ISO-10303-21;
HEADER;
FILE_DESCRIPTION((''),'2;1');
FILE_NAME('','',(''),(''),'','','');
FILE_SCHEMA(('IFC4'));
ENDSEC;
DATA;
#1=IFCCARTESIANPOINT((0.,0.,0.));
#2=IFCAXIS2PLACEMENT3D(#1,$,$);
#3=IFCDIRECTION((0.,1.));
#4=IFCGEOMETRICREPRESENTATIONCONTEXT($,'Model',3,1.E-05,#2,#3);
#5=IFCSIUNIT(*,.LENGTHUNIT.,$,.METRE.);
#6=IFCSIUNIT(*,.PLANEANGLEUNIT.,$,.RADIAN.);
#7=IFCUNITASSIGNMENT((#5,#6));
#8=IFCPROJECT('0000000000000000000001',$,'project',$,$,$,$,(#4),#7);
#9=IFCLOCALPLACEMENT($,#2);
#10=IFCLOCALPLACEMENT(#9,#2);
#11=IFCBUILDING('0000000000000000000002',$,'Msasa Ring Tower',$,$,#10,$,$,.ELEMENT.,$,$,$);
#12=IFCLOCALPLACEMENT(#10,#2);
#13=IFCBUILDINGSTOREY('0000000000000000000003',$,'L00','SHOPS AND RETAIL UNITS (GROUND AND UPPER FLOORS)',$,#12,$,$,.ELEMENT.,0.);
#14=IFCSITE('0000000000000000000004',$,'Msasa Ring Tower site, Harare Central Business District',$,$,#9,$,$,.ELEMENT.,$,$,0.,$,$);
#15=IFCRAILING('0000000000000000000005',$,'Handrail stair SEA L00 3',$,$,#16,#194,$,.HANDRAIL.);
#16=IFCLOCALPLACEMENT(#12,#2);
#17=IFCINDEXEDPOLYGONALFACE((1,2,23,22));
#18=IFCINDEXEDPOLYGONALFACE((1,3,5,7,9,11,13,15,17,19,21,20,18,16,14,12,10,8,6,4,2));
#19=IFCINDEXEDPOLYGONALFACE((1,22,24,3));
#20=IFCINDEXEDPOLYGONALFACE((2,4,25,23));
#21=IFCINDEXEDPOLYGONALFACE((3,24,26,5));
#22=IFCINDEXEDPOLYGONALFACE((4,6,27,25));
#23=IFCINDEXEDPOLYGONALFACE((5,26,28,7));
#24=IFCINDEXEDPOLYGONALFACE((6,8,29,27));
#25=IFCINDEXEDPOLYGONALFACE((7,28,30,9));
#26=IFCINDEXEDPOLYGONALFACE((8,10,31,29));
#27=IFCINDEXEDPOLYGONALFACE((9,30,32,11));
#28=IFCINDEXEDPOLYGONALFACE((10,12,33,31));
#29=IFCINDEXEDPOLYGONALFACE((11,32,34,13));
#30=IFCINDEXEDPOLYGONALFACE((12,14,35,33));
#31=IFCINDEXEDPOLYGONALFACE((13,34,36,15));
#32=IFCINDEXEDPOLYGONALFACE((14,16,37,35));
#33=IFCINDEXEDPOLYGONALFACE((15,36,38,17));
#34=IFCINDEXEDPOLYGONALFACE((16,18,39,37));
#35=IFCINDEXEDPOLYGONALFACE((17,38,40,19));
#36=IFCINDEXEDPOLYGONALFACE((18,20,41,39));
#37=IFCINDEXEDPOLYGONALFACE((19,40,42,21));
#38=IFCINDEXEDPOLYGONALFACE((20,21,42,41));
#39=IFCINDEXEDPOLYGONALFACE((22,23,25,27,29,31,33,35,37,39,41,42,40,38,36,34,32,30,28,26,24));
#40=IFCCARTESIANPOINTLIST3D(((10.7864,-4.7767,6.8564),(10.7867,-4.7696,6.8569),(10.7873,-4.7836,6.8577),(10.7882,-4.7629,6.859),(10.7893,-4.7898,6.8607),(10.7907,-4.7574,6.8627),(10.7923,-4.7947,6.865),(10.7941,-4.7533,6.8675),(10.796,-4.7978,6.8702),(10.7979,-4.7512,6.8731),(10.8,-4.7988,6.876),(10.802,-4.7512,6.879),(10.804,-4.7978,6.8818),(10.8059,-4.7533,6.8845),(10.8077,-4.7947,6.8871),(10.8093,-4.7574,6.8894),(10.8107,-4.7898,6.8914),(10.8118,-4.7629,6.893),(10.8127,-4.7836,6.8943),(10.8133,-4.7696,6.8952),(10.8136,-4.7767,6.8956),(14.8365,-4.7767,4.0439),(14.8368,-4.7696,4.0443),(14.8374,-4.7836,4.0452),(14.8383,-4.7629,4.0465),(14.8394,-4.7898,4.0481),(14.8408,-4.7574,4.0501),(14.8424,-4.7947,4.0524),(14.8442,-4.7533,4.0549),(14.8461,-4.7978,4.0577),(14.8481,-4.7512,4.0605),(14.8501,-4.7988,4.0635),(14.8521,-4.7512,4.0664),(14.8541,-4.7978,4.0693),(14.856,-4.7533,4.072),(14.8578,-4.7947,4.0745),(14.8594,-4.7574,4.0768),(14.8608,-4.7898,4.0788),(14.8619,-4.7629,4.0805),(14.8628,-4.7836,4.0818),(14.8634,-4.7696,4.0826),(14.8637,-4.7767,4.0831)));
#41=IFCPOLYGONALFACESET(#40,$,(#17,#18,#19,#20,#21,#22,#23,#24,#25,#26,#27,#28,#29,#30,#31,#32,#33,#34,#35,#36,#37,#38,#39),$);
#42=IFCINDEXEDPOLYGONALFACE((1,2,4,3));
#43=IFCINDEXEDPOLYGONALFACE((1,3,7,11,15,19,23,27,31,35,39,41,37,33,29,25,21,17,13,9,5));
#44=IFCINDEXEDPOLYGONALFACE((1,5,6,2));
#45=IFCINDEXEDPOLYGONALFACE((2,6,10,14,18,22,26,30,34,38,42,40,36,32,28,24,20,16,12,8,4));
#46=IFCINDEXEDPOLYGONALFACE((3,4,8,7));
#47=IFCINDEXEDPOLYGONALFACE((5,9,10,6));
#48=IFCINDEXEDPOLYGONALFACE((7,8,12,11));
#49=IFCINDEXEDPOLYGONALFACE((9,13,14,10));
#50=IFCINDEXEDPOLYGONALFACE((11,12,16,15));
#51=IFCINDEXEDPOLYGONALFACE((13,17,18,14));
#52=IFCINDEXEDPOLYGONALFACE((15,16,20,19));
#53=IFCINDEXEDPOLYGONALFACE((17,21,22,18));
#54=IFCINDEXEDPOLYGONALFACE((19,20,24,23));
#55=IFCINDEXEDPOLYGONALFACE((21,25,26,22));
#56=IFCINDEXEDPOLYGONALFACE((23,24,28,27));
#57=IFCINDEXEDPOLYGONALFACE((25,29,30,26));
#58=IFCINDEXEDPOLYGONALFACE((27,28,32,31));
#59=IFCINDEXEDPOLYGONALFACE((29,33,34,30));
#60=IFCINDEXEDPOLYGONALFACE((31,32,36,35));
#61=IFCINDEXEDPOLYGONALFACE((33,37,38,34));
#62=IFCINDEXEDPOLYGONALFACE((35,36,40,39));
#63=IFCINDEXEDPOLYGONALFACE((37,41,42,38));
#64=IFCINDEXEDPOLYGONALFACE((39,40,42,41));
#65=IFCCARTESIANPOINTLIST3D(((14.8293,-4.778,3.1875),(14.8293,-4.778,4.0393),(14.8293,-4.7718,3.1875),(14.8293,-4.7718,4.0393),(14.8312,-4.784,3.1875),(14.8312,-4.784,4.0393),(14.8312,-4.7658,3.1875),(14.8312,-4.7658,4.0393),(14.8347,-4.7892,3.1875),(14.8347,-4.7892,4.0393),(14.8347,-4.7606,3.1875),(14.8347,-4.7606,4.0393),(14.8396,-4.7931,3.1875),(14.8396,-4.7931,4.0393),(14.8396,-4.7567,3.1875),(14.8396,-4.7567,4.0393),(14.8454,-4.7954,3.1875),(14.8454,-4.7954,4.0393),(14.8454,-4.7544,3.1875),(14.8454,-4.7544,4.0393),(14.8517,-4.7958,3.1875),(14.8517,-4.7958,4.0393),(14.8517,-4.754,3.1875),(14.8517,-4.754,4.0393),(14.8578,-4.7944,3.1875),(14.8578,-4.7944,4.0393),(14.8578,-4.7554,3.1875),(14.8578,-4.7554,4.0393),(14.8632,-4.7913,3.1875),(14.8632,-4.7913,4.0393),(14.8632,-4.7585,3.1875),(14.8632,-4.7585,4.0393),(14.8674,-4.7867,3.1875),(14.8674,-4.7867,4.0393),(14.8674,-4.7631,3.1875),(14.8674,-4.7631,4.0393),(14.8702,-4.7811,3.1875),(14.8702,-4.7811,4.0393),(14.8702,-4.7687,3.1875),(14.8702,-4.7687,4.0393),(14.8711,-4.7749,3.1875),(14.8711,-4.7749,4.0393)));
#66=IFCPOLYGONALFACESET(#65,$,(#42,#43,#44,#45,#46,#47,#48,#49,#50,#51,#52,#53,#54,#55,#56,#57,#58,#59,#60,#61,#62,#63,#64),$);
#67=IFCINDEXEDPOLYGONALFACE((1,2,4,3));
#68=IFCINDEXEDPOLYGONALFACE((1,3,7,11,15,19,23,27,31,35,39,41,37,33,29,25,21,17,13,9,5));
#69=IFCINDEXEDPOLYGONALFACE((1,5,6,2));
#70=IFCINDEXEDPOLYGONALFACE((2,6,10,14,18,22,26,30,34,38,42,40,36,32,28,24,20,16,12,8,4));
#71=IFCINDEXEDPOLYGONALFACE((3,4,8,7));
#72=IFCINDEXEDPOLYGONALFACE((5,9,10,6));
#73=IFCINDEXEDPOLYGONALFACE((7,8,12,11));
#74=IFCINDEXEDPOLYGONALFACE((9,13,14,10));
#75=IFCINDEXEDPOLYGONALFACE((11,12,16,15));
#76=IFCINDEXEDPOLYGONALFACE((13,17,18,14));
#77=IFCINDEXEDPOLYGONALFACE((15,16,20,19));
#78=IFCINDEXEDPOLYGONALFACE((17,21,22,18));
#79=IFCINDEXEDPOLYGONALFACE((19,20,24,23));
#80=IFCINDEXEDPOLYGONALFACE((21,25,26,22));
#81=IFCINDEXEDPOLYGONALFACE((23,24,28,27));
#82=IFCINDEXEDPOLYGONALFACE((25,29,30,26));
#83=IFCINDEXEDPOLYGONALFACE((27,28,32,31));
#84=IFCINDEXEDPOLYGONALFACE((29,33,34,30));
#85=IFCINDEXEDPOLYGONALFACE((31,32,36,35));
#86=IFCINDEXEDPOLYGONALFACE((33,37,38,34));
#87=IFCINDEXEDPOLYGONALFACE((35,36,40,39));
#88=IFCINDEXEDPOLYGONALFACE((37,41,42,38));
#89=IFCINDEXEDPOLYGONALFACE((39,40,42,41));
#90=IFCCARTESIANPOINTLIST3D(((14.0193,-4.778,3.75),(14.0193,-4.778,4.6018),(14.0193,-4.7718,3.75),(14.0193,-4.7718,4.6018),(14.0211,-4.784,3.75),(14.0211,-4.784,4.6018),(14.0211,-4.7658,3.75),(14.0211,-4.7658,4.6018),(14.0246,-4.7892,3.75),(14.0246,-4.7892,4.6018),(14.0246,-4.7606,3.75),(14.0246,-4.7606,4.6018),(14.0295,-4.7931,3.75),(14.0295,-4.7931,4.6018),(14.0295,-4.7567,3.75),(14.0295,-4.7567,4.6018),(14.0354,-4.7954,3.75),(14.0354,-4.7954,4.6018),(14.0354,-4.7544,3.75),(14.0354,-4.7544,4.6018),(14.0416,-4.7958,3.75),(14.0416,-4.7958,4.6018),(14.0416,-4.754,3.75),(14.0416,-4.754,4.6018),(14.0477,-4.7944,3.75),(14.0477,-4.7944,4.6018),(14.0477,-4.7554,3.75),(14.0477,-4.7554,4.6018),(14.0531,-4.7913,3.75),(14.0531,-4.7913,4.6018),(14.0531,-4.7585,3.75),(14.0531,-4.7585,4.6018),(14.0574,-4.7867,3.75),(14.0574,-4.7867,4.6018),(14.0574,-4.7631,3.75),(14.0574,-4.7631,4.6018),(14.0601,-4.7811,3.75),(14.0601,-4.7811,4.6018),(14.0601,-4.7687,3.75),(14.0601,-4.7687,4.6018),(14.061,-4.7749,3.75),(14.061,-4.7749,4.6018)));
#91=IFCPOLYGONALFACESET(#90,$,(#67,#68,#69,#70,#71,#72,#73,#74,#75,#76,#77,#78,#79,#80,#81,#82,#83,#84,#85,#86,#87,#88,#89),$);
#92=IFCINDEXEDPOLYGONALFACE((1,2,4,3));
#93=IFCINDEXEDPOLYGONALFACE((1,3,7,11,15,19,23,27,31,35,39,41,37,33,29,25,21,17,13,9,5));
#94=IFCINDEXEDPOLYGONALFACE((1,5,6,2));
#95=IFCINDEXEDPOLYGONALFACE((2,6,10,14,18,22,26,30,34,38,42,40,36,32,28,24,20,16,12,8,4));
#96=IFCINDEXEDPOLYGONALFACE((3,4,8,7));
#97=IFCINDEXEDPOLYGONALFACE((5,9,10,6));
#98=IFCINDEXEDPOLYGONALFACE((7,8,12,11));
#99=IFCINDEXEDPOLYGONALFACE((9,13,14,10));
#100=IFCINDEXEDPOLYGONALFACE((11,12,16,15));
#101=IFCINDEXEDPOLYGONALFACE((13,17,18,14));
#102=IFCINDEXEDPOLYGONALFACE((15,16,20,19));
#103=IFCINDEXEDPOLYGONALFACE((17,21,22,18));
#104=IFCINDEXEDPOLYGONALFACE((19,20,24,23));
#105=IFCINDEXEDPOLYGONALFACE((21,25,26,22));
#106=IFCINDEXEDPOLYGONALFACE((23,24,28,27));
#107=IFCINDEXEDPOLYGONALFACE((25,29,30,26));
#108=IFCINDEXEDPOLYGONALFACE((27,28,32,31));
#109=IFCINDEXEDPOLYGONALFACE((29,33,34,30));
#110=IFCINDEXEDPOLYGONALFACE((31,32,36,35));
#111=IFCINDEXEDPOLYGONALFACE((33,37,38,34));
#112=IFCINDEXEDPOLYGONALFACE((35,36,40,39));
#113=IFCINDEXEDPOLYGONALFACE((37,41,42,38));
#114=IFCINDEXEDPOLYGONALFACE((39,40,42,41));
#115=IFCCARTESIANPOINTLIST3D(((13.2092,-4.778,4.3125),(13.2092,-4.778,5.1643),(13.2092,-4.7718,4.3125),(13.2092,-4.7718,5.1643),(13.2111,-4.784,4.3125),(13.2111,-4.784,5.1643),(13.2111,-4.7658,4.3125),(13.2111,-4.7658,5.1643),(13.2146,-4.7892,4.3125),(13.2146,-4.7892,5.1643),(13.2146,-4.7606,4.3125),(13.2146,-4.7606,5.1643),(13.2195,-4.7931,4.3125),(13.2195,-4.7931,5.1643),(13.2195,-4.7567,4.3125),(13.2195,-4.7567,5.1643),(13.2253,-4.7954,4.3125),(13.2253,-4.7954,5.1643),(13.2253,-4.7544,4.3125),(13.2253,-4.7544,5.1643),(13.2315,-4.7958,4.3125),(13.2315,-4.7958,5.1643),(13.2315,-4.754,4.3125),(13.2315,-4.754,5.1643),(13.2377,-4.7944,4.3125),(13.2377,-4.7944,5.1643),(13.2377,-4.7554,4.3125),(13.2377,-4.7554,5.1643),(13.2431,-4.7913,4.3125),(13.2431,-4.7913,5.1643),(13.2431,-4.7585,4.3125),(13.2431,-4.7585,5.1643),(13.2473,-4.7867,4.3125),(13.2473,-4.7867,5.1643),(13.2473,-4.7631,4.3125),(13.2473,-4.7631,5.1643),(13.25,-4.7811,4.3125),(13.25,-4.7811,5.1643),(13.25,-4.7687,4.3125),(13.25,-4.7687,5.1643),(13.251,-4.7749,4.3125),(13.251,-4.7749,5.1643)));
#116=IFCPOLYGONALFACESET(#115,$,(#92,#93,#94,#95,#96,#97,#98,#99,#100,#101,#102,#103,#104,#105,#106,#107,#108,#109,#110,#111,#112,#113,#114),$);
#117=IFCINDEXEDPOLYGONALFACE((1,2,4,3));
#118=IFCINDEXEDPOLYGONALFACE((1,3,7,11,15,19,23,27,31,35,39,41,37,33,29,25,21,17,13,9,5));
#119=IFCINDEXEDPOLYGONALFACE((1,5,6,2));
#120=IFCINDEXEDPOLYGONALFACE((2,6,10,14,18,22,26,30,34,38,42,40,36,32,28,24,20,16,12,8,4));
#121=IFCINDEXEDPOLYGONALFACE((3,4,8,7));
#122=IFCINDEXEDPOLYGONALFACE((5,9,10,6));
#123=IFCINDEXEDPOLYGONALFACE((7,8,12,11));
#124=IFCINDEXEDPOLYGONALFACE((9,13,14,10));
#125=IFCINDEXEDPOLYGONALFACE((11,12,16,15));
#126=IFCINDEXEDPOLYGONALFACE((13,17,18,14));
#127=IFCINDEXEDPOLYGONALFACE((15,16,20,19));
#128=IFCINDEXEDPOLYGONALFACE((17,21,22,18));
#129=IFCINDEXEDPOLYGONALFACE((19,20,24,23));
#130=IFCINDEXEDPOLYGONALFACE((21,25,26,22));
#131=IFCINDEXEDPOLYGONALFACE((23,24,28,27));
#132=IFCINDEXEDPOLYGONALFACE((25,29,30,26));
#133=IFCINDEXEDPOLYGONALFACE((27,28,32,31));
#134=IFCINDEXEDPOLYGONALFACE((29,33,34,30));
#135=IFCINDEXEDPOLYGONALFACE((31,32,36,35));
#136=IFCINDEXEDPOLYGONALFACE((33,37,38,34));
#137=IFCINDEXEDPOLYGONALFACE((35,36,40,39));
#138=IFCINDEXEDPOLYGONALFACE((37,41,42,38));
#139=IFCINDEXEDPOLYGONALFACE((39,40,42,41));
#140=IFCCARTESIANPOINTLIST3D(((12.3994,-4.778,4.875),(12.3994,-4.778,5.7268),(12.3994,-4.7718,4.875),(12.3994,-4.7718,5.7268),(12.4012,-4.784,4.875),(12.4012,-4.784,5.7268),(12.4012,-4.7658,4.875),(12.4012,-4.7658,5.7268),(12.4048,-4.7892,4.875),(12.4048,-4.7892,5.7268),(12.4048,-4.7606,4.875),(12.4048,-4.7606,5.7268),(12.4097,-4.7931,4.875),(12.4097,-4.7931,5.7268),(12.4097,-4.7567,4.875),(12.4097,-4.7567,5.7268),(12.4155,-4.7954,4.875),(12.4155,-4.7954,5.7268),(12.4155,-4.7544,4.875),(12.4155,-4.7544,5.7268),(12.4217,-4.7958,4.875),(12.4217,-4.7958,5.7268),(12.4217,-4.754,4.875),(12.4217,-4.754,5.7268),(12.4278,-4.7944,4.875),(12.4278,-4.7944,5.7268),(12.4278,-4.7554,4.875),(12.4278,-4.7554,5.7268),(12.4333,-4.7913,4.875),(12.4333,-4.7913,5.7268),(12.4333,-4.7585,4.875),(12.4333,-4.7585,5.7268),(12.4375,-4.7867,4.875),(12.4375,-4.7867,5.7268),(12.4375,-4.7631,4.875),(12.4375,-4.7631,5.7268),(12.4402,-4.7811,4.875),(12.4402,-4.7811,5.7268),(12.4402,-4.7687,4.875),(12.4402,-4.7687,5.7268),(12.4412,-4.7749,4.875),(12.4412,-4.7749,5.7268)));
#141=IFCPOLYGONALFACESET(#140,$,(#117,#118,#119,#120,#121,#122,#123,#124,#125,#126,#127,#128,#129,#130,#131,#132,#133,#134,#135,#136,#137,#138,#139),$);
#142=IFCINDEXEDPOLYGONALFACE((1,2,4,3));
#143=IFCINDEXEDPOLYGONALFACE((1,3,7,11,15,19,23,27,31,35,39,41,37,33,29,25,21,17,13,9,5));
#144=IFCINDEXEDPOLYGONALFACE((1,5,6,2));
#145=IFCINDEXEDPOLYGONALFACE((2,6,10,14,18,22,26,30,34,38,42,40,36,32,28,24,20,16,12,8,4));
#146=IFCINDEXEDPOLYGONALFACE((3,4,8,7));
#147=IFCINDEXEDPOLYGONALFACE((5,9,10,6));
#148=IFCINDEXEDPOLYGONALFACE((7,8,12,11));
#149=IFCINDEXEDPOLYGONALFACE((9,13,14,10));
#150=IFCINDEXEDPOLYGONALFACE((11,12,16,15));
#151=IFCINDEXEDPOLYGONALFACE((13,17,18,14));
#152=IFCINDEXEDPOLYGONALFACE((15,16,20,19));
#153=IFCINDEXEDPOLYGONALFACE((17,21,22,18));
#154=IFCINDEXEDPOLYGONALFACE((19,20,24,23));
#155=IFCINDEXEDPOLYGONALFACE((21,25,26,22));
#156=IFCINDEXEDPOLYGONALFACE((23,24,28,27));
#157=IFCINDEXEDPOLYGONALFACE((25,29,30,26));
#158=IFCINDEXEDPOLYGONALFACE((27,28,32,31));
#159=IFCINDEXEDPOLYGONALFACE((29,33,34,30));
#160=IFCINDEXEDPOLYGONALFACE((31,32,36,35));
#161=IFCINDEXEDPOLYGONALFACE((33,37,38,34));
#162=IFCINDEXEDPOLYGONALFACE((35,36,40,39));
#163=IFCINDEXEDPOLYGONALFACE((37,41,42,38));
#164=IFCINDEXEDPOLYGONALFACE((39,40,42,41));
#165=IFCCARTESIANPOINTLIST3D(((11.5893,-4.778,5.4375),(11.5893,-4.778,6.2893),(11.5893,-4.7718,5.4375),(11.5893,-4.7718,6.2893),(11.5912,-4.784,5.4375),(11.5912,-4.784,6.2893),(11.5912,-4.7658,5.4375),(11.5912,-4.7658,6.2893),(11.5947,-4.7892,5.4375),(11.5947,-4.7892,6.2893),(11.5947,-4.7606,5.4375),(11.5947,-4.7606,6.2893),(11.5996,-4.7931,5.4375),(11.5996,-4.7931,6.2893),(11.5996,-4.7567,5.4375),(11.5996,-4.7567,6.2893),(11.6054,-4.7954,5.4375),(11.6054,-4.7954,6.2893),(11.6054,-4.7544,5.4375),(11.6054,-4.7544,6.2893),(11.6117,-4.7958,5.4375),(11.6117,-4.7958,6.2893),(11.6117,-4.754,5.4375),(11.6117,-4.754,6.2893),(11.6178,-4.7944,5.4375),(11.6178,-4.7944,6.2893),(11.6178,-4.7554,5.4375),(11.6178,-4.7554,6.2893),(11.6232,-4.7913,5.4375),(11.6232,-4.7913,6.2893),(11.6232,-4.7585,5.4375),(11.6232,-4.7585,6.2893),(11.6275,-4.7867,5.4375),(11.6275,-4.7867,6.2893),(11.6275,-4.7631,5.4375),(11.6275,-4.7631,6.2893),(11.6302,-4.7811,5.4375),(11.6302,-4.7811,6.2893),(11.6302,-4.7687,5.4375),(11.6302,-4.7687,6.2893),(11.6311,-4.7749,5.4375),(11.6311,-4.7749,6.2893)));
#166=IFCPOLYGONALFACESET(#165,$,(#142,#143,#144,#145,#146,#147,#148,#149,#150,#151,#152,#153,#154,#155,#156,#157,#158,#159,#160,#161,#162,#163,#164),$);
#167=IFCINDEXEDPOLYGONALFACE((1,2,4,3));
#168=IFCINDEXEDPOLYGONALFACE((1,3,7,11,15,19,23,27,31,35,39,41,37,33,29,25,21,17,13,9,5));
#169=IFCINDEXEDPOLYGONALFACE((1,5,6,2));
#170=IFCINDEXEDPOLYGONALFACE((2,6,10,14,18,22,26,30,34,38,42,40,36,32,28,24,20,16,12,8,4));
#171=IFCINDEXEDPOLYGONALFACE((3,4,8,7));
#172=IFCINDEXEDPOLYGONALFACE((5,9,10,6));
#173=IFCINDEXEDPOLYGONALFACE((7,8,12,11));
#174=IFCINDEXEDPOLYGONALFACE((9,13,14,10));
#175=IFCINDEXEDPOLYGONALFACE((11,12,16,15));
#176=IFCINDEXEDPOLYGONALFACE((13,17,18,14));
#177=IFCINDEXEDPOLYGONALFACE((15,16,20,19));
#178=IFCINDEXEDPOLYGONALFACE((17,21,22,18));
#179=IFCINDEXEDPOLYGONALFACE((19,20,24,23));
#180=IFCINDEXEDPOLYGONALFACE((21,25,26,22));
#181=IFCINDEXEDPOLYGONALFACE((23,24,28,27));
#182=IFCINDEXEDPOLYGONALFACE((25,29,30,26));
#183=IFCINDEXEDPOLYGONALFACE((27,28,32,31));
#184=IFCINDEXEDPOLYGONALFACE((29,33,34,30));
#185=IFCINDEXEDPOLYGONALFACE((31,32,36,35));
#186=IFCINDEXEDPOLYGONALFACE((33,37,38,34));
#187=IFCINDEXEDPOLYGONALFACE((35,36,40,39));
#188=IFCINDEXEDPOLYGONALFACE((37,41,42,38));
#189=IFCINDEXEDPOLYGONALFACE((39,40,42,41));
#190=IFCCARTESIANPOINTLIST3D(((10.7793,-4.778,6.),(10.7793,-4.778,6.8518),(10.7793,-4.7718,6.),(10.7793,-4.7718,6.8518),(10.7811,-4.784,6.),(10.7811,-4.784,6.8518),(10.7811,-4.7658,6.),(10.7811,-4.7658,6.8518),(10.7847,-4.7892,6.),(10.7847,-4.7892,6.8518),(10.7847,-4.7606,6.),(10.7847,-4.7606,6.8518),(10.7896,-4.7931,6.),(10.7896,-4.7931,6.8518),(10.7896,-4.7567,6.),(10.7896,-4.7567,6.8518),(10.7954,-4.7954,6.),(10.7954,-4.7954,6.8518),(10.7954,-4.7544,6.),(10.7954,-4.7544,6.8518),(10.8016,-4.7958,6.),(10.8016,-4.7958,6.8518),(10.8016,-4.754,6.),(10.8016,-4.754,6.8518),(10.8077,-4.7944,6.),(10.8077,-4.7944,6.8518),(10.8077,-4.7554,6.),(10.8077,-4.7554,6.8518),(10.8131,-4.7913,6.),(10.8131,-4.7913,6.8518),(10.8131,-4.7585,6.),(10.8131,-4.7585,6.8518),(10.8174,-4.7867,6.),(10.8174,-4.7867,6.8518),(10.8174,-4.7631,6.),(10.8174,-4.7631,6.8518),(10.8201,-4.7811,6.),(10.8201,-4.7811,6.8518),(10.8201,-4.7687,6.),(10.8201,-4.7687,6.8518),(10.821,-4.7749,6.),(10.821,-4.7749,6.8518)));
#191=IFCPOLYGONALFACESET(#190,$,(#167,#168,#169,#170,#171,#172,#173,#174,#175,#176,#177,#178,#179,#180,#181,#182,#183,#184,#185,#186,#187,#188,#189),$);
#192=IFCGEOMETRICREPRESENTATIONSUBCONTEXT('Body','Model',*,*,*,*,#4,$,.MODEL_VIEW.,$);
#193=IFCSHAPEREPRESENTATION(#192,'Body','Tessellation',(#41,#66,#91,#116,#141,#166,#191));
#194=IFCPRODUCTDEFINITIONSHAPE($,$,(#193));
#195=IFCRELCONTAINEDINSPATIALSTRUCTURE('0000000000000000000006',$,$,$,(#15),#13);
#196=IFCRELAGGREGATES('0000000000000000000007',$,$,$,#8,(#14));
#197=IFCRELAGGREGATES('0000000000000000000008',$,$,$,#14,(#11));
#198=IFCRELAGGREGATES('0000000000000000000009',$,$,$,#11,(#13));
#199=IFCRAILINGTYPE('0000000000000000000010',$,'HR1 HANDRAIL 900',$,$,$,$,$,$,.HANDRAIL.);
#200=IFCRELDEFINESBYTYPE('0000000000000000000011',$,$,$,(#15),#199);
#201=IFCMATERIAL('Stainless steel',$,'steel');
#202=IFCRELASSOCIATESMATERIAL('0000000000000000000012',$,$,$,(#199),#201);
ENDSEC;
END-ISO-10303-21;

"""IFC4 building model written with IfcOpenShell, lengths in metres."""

from ifc_helpers import new_model, si_unit, direction, frame, origin, origin_2d, place, context, subcontext, project, spatial, circle, extrude, material, type_object, element, save


model = new_model("IFC4")

# Units and contexts
model_context = context("Model", 3, precision=1e-05, world=origin(), true_north=direction((0.0, 1.0)))
body_context = subcontext(model_context, "Body", "Model", "MODEL_VIEW")
ifc_project = project(units=[si_unit("LENGTHUNIT", "METRE"), si_unit("PLANEANGLEUNIT", "RADIAN")], contexts=[model_context])

# Site, building, storey
site_placement = place(None, origin())
site = spatial("IfcSite", under=ifc_project, at=site_placement, Name="Msasa Ring Tower site, Harare Central Business District", CompositionType="ELEMENT", RefElevation=0.0)
building_placement = place(site_placement, origin())
building = spatial("IfcBuilding", under=site, at=building_placement, Name="Msasa Ring Tower", CompositionType="ELEMENT")
storey_placement = place(building_placement, origin())
storey = spatial("IfcBuildingStorey", under=building, at=storey_placement, Name="L00", Description="SHOPS AND RETAIL UNITS (GROUND AND UPPER FLOORS)", CompositionType="ELEMENT", Elevation=0.0)

# Railing
ifc_material_1 = material(Name="Stainless steel", Category="steel")
railing_type = type_object("IfcRailingType", Name="HR1 HANDRAIL 900", PredefinedType="HANDRAIL", material=ifc_material_1)
for number, where, name in (
    (1, (14.8501, -4.7749, 3.1875), "Handrail stair SEA L00 3"),
):
    element("IfcRailing", number, at=place(storey_placement, frame(where)), inside=storey, type_object=railing_type, Name=name, PredefinedType="HANDRAIL", context=body_context, shape_type="SweptSolid", body=[
        extrude(circle(Radius=0.0239, at=origin_2d()), frame((0.0, 0.0, 0.876), z_axis=(-0.821373, 0.0, 0.570391), x_axis=(0.0, -1.0, 0.0)), (0.0, 0.0, 1.0), 4.9309),
        extrude(circle(Radius=0.021, at=origin_2d()), origin(), (0.0, 0.0, 1.0), 0.8518),
        extrude(circle(Radius=0.021, at=origin_2d()), frame((-0.8101, 0.0, 0.5625)), (0.0, 0.0, 1.0), 0.8518),
        extrude(circle(Radius=0.021, at=origin_2d()), frame((-1.6201, 0.0, 1.125)), (0.0, 0.0, 1.0), 0.8518),
        extrude(circle(Radius=0.021, at=origin_2d()), frame((-2.4299, 0.0, 1.6875)), (0.0, 0.0, 1.0), 0.8518),
        extrude(circle(Radius=0.021, at=origin_2d()), frame((-3.24, 0.0, 2.25)), (0.0, 0.0, 1.0), 0.8518),
        extrude(circle(Radius=0.021, at=origin_2d()), frame((-4.05, 0.0, 2.8125)), (0.0, 0.0, 1.0), 0.8518),
    ])

save(model, "model.ifc")
